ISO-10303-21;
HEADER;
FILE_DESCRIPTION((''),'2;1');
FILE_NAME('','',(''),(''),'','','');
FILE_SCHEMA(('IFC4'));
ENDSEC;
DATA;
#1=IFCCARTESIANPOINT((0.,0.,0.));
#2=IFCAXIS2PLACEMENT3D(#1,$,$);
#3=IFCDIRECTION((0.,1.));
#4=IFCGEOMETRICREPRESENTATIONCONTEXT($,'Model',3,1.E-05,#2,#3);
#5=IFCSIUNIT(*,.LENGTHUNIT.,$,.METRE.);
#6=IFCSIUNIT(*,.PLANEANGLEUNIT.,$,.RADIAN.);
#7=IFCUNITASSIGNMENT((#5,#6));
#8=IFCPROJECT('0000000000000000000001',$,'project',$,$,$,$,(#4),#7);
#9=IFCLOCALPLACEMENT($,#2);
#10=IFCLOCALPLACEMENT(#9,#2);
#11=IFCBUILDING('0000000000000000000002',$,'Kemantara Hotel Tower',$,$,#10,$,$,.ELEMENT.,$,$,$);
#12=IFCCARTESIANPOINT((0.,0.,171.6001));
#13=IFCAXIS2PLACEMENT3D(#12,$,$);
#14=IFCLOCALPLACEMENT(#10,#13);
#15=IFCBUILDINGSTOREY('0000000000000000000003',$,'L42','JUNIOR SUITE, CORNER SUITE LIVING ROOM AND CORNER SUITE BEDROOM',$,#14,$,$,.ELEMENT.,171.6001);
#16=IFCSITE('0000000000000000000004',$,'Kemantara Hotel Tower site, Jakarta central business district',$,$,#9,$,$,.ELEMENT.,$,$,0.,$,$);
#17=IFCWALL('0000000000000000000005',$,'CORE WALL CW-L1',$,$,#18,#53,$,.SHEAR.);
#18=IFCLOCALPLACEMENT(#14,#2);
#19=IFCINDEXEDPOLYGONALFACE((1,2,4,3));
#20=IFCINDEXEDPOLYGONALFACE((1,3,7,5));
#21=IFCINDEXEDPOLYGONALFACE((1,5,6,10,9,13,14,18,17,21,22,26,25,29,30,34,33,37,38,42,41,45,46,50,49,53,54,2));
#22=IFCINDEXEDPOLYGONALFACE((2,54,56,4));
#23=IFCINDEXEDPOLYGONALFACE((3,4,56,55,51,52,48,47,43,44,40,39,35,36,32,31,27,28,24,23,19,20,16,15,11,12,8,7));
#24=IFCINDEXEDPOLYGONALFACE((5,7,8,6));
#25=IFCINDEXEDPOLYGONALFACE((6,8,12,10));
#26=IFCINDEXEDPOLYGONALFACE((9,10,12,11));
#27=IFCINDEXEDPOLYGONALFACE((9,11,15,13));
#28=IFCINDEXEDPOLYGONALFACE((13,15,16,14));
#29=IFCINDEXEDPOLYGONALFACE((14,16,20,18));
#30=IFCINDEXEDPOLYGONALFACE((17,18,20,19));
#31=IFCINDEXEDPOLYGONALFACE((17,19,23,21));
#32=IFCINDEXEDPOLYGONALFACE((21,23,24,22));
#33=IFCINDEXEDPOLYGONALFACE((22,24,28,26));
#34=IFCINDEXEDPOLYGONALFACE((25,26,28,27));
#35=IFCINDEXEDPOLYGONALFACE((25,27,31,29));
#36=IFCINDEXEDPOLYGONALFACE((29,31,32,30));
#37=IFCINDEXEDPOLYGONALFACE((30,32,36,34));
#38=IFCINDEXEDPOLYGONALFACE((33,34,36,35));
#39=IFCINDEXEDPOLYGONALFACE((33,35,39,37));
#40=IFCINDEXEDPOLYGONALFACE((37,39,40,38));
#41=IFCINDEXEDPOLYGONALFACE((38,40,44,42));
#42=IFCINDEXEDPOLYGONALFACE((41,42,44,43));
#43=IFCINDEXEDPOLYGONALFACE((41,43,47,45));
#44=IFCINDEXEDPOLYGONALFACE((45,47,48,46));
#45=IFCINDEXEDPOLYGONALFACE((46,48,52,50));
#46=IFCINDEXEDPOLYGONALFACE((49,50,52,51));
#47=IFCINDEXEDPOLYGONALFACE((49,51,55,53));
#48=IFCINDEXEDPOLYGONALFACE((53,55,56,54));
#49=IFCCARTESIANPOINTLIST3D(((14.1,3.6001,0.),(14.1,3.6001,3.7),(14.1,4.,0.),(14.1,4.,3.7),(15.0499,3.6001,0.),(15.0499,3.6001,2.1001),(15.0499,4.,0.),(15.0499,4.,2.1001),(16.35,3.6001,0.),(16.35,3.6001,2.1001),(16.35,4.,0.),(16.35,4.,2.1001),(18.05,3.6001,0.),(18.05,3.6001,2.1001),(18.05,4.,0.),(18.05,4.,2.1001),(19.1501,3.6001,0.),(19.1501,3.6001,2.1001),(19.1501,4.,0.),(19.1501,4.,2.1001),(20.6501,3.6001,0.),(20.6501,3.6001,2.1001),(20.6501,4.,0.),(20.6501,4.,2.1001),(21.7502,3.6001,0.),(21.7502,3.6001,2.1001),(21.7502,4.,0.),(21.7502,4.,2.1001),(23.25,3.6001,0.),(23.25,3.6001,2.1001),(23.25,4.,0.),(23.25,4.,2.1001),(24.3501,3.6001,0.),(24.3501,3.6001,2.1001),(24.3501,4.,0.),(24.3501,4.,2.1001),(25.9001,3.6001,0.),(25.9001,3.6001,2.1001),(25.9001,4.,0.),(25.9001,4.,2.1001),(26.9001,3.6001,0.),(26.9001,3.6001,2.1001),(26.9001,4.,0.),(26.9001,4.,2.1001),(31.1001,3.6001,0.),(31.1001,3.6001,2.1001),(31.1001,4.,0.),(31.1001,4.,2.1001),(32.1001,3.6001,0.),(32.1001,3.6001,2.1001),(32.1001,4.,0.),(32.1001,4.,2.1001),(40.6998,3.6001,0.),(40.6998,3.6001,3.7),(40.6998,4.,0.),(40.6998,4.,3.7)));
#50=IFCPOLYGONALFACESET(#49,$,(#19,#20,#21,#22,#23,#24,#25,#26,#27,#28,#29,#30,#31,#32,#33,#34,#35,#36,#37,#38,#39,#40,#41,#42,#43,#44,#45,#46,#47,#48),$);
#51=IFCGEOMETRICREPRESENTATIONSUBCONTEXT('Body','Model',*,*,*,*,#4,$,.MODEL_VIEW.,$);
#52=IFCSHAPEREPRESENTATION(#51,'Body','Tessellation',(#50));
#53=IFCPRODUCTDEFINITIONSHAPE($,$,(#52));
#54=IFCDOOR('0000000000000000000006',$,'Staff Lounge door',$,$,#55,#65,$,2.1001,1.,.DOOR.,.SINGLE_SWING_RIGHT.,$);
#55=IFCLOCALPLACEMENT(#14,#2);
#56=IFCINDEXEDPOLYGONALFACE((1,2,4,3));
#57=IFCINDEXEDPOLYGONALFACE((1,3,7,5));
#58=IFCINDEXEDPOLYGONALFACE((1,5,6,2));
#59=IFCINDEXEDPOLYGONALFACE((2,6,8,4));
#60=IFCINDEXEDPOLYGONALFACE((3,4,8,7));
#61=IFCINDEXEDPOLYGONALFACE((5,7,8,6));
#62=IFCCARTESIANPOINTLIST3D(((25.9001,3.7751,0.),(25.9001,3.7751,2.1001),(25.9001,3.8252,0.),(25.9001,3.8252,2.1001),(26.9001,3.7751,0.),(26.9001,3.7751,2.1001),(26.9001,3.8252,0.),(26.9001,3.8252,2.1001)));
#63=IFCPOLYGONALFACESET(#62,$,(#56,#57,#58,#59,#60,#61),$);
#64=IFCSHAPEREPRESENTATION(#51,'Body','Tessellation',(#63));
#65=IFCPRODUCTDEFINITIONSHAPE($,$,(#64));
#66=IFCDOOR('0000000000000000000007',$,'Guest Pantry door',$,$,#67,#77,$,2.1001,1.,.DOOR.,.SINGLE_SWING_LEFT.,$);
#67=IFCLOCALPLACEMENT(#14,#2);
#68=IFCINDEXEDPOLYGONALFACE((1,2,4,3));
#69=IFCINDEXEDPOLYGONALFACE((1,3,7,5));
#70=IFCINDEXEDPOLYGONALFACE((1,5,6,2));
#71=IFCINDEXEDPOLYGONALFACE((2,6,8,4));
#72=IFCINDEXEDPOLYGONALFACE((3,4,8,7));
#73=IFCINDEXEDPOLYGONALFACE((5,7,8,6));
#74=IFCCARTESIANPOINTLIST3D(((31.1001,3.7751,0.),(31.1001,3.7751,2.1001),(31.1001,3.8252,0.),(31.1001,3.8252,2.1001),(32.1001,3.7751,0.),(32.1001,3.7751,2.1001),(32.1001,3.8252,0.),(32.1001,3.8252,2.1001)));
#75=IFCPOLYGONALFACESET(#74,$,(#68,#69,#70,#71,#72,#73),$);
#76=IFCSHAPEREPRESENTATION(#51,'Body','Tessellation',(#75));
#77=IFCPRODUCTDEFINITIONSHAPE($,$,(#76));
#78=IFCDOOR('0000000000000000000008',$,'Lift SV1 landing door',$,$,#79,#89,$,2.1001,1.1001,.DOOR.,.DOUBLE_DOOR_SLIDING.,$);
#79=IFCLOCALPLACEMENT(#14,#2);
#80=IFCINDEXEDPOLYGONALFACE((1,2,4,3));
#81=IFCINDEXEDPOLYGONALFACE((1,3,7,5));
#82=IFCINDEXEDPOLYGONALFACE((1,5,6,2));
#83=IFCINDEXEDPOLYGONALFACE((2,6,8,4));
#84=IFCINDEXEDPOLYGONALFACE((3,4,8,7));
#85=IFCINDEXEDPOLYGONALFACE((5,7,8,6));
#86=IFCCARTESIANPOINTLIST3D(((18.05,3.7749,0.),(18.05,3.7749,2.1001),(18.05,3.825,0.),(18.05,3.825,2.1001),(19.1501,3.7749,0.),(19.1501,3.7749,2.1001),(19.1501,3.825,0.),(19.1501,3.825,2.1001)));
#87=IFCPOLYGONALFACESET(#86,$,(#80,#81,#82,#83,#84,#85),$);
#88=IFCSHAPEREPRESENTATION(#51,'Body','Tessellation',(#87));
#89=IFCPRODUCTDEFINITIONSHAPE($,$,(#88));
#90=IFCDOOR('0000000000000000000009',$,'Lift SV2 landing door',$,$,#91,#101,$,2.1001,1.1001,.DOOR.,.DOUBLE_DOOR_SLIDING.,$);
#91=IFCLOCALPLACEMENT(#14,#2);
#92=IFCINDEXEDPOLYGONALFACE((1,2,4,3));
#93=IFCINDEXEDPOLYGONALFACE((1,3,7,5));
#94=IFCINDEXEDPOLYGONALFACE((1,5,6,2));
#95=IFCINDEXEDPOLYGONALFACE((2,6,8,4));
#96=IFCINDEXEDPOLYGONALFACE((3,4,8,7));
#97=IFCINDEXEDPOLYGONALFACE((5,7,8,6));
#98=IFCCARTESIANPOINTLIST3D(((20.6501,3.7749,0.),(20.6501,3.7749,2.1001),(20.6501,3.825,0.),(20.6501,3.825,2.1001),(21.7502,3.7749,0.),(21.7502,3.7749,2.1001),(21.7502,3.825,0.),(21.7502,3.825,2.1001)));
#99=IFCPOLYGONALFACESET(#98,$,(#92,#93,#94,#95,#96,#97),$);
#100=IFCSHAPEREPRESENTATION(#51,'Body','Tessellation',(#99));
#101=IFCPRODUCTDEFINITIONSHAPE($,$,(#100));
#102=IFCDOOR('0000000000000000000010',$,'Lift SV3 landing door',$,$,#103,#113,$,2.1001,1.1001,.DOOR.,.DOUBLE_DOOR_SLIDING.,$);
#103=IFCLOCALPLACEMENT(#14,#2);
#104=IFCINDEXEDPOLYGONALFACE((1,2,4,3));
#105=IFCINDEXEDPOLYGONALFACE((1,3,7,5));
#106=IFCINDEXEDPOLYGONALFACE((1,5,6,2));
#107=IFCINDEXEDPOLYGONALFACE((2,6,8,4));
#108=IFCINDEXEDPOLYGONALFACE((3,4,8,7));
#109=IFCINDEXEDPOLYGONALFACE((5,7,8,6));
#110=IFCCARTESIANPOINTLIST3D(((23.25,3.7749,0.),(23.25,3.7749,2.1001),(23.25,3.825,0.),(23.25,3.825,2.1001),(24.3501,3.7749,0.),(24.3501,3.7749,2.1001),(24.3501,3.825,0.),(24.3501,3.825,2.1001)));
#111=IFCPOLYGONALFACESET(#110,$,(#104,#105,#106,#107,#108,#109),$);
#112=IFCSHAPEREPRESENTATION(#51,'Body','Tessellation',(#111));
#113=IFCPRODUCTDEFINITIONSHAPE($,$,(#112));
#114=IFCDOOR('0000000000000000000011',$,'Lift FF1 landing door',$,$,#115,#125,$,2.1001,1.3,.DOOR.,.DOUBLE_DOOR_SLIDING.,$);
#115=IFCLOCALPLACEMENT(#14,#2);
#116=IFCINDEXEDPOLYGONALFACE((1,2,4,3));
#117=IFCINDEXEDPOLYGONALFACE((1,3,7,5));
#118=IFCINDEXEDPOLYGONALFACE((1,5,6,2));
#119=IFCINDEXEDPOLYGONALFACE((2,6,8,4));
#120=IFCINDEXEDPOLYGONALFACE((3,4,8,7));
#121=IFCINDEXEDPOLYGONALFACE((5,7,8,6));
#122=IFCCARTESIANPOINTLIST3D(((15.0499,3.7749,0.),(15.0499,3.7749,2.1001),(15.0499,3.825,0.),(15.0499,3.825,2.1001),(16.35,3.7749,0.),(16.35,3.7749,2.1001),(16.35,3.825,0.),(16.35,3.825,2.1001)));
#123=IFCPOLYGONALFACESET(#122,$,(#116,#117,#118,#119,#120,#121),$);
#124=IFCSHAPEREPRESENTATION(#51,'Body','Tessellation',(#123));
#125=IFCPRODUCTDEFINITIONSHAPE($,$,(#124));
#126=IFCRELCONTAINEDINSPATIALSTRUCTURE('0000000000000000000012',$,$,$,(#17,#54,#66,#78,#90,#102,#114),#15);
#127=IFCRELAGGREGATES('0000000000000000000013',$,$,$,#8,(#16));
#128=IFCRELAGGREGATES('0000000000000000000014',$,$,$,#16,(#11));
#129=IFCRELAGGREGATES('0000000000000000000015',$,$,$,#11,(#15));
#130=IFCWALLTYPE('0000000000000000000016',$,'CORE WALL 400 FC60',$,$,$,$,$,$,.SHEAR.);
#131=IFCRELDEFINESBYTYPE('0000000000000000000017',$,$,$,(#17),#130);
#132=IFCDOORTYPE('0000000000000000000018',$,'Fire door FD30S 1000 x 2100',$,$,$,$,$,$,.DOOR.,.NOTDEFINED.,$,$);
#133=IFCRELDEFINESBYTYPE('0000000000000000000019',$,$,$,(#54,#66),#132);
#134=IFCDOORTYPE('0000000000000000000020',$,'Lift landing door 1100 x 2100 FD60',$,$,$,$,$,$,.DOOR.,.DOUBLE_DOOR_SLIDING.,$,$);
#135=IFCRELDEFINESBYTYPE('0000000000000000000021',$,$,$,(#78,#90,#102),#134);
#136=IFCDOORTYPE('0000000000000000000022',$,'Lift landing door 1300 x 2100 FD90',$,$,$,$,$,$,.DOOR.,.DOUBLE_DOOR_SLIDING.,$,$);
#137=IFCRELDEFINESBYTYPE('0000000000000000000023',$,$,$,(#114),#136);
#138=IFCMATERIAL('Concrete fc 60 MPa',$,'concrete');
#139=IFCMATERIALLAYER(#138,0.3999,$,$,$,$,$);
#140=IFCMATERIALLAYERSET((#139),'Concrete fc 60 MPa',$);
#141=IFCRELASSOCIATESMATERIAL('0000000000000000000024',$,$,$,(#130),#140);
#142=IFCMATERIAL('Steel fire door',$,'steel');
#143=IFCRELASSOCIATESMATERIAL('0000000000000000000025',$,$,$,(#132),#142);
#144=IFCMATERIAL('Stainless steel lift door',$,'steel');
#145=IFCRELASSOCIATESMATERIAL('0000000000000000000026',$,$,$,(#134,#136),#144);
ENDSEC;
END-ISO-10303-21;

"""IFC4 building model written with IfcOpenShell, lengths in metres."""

from ifc_helpers import new_model, si_unit, direction, frame, frame_2d, origin, place, context, subcontext, project, spatial, rectangle, extrude, material, layer, layer_set, type_object, element, fill, save


model = new_model("IFC4")

# Units and contexts
model_context = context("Model", 3, precision=1e-05, world=origin(), true_north=direction((0.0, 1.0)))
body_context = subcontext(model_context, "Body", "Model", "MODEL_VIEW")
ifc_project = project(units=[si_unit("LENGTHUNIT", "METRE"), si_unit("PLANEANGLEUNIT", "RADIAN")], contexts=[model_context])

# Site, building, storey
site_placement = place(None, origin())
site = spatial("IfcSite", under=ifc_project, at=site_placement, Name="Kemantara Hotel Tower site, Jakarta central business district", CompositionType="ELEMENT", RefElevation=0.0)
building_placement = place(site_placement, origin())
building = spatial("IfcBuilding", under=site, at=building_placement, Name="Kemantara Hotel Tower", CompositionType="ELEMENT")
storey_placement = place(building_placement, frame((0.0, 0.0, 171.6001)))
storey = spatial("IfcBuildingStorey", under=building, at=storey_placement, Name="L42", Description="JUNIOR SUITE, CORNER SUITE LIVING ROOM AND CORNER SUITE BEDROOM", CompositionType="ELEMENT", Elevation=171.6001)

# Shared definitions
ifc_material_1 = material(Name="Concrete fc 60 MPa", Category="concrete")
ifc_layer_1 = layer(ifc_material_1, 0.3999)
ifc_layer_set_1 = layer_set([ifc_layer_1], Name="Concrete fc 60 MPa")
wall_type_1 = type_object("IfcWallType", Name="CORE WALL 400 FC60", PredefinedType="SHEAR", material=ifc_layer_set_1)

# Wall, openings, doors
wall_1_placement = place(storey_placement, frame((14.1001, 3.8, 0.0), z_axis=(0.0, 0.0, 1.0), x_axis=(1.0, 0.0, 0.0)))
wall_1 = element("IfcWall", 1, at=wall_1_placement, inside=storey, type_object=wall_type_1, Name="CORE WALL CW-L1", PredefinedType="SHEAR", context=body_context, shape_type="SweptSolid", body=[
    extrude(rectangle(XDim=26.5999, YDim=0.3999, at=frame_2d((13.2998, 0.0))), origin(), (0.0, 0.0, 1.0), 3.7),
])
opening_1_placement = place(wall_1_placement, frame((0.95, 0.0, 0.0)))
opening_1 = element("IfcOpeningElement", 2, at=opening_1_placement, cuts=wall_1, PredefinedType="OPENING", context=body_context, shape_type="SweptSolid", body=[
    extrude(rectangle(XDim=1.3, YDim=2.1001, at=frame_2d((0.6499, 1.05))), frame((0.0, 0.21, 0.0), z_axis=(0.0, -1.0, 0.0), x_axis=(1.0, 0.0, 0.0)), (0.0, 0.0, 1.0), 0.4199),
])
opening_2_placement = place(wall_1_placement, frame((3.95, 0.0, 0.0)))
opening_2 = element("IfcOpeningElement", 3, at=opening_2_placement, cuts=wall_1, PredefinedType="OPENING", context=body_context, shape_type="SweptSolid", body=[
    extrude(rectangle(XDim=1.1001, YDim=2.1001, at=frame_2d((0.55, 1.05))), frame((0.0, 0.21, 0.0), z_axis=(0.0, -1.0, 0.0), x_axis=(1.0, 0.0, 0.0)), (0.0, 0.0, 1.0), 0.4199),
])
opening_3_placement = place(wall_1_placement, frame((6.55, 0.0, 0.0)))
opening_3 = element("IfcOpeningElement", 4, at=opening_3_placement, cuts=wall_1, PredefinedType="OPENING", context=body_context, shape_type="SweptSolid", body=[
    extrude(rectangle(XDim=1.1001, YDim=2.1001, at=frame_2d((0.55, 1.05))), frame((0.0, 0.21, 0.0), z_axis=(0.0, -1.0, 0.0), x_axis=(1.0, 0.0, 0.0)), (0.0, 0.0, 1.0), 0.4199),
])
opening_4_placement = place(wall_1_placement, frame((9.1499, 0.0, 0.0)))
opening_4 = element("IfcOpeningElement", 5, at=opening_4_placement, cuts=wall_1, PredefinedType="OPENING", context=body_context, shape_type="SweptSolid", body=[
    extrude(rectangle(XDim=1.1001, YDim=2.1001, at=frame_2d((0.55, 1.05))), frame((0.0, 0.21, 0.0), z_axis=(0.0, -1.0, 0.0), x_axis=(1.0, 0.0, 0.0)), (0.0, 0.0, 1.0), 0.4199),
])
opening_5_placement = place(wall_1_placement, frame((11.8, 0.0, 0.0)))
opening_5 = element("IfcOpeningElement", 6, at=opening_5_placement, cuts=wall_1, PredefinedType="OPENING", context=body_context, shape_type="SweptSolid", body=[
    extrude(rectangle(XDim=1.0, YDim=2.1001, at=frame_2d((0.5, 1.05))), frame((0.0, 0.21, 0.0), z_axis=(0.0, -1.0, 0.0), x_axis=(1.0, 0.0, 0.0)), (0.0, 0.0, 1.0), 0.4199),
])
opening_6_placement = place(wall_1_placement, frame((17.0, 0.0, 0.0)))
opening_6 = element("IfcOpeningElement", 7, at=opening_6_placement, cuts=wall_1, PredefinedType="OPENING", context=body_context, shape_type="SweptSolid", body=[
    extrude(rectangle(XDim=1.0, YDim=2.1001, at=frame_2d((0.5, 1.05))), frame((0.0, 0.21, 0.0), z_axis=(0.0, -1.0, 0.0), x_axis=(1.0, 0.0, 0.0)), (0.0, 0.0, 1.0), 0.4199),
])
ifc_material_2 = material(Name="Steel fire door", Category="steel")
door_type_1 = type_object("IfcDoorType", Name="Fire door FD30S 1000 x 2100", OperationType="NOTDEFINED", PredefinedType="DOOR", material=ifc_material_2)
door_1_placement = place(opening_5_placement, frame((1.0, 0.0, 0.0), z_axis=(0.0, 0.0, 1.0), x_axis=(-1.0, 0.0, 0.0)))
door_1 = element("IfcDoor", 8, at=door_1_placement, inside=storey, type_object=door_type_1, Name="Staff Lounge door", OperationType="SINGLE_SWING_RIGHT", OverallHeight=2.1001, OverallWidth=1.0, PredefinedType="DOOR", context=body_context, shape_type="SweptSolid", body=[
    extrude(rectangle(XDim=1.0, YDim=2.1001, at=frame_2d((0.5, 1.05))), frame((0.0, 0.0249, 0.0), z_axis=(0.0, -1.0, 0.0), x_axis=(1.0, 0.0, 0.0)), (0.0, 0.0, 1.0), 0.05),
])
fill(opening_5, door_1)
door_2_placement = place(opening_6_placement, frame((1.0, 0.0, 0.0), z_axis=(0.0, 0.0, 1.0), x_axis=(-1.0, 0.0, 0.0)))
door_2 = element("IfcDoor", 9, at=door_2_placement, inside=storey, type_object=door_type_1, Name="Guest Pantry door", OperationType="SINGLE_SWING_LEFT", OverallHeight=2.1001, OverallWidth=1.0, PredefinedType="DOOR", context=body_context, shape_type="SweptSolid", body=[
    extrude(rectangle(XDim=1.0, YDim=2.1001, at=frame_2d((0.5, 1.05))), frame((0.0, 0.0249, 0.0), z_axis=(0.0, -1.0, 0.0), x_axis=(1.0, 0.0, 0.0)), (0.0, 0.0, 1.0), 0.05),
])
fill(opening_6, door_2)
ifc_material_3 = material(Name="Stainless steel lift door", Category="steel")
door_type_2 = type_object("IfcDoorType", Name="Lift landing door 1100 x 2100 FD60", OperationType="DOUBLE_DOOR_SLIDING", PredefinedType="DOOR", material=ifc_material_3)
door_3_placement = place(opening_2_placement, origin())
door_3 = element("IfcDoor", 10, at=door_3_placement, inside=storey, type_object=door_type_2, Name="Lift SV1 landing door", OperationType="DOUBLE_DOOR_SLIDING", OverallHeight=2.1001, OverallWidth=1.1001, PredefinedType="DOOR", context=body_context, shape_type="SweptSolid", body=[
    extrude(rectangle(XDim=1.1001, YDim=2.1001, at=frame_2d((0.55, 1.05))), frame((0.0, 0.0249, 0.0), z_axis=(0.0, -1.0, 0.0), x_axis=(1.0, 0.0, 0.0)), (0.0, 0.0, 1.0), 0.05),
])
fill(opening_2, door_3)
door_4_placement = place(opening_3_placement, origin())
door_4 = element("IfcDoor", 11, at=door_4_placement, inside=storey, type_object=door_type_2, Name="Lift SV2 landing door", OperationType="DOUBLE_DOOR_SLIDING", OverallHeight=2.1001, OverallWidth=1.1001, PredefinedType="DOOR", context=body_context, shape_type="SweptSolid", body=[
    extrude(rectangle(XDim=1.1001, YDim=2.1001, at=frame_2d((0.55, 1.05))), frame((0.0, 0.0249, 0.0), z_axis=(0.0, -1.0, 0.0), x_axis=(1.0, 0.0, 0.0)), (0.0, 0.0, 1.0), 0.05),
])
fill(opening_3, door_4)
door_5_placement = place(opening_4_placement, origin())
door_5 = element("IfcDoor", 12, at=door_5_placement, inside=storey, type_object=door_type_2, Name="Lift SV3 landing door", OperationType="DOUBLE_DOOR_SLIDING", OverallHeight=2.1001, OverallWidth=1.1001, PredefinedType="DOOR", context=body_context, shape_type="SweptSolid", body=[
    extrude(rectangle(XDim=1.1001, YDim=2.1001, at=frame_2d((0.55, 1.05))), frame((0.0, 0.0249, 0.0), z_axis=(0.0, -1.0, 0.0), x_axis=(1.0, 0.0, 0.0)), (0.0, 0.0, 1.0), 0.05),
])
fill(opening_4, door_5)
door_type_3 = type_object("IfcDoorType", Name="Lift landing door 1300 x 2100 FD90", OperationType="DOUBLE_DOOR_SLIDING", PredefinedType="DOOR", material=ifc_material_3)
door_6_placement = place(opening_1_placement, origin())
door_6 = element("IfcDoor", 13, at=door_6_placement, inside=storey, type_object=door_type_3, Name="Lift FF1 landing door", OperationType="DOUBLE_DOOR_SLIDING", OverallHeight=2.1001, OverallWidth=1.3, PredefinedType="DOOR", context=body_context, shape_type="SweptSolid", body=[
    extrude(rectangle(XDim=1.3, YDim=2.1001, at=frame_2d((0.6499, 1.05))), frame((0.0, 0.0249, 0.0), z_axis=(0.0, -1.0, 0.0), x_axis=(1.0, 0.0, 0.0)), (0.0, 0.0, 1.0), 0.05),
])
fill(opening_1, door_6)

save(model, "model.ifc")
